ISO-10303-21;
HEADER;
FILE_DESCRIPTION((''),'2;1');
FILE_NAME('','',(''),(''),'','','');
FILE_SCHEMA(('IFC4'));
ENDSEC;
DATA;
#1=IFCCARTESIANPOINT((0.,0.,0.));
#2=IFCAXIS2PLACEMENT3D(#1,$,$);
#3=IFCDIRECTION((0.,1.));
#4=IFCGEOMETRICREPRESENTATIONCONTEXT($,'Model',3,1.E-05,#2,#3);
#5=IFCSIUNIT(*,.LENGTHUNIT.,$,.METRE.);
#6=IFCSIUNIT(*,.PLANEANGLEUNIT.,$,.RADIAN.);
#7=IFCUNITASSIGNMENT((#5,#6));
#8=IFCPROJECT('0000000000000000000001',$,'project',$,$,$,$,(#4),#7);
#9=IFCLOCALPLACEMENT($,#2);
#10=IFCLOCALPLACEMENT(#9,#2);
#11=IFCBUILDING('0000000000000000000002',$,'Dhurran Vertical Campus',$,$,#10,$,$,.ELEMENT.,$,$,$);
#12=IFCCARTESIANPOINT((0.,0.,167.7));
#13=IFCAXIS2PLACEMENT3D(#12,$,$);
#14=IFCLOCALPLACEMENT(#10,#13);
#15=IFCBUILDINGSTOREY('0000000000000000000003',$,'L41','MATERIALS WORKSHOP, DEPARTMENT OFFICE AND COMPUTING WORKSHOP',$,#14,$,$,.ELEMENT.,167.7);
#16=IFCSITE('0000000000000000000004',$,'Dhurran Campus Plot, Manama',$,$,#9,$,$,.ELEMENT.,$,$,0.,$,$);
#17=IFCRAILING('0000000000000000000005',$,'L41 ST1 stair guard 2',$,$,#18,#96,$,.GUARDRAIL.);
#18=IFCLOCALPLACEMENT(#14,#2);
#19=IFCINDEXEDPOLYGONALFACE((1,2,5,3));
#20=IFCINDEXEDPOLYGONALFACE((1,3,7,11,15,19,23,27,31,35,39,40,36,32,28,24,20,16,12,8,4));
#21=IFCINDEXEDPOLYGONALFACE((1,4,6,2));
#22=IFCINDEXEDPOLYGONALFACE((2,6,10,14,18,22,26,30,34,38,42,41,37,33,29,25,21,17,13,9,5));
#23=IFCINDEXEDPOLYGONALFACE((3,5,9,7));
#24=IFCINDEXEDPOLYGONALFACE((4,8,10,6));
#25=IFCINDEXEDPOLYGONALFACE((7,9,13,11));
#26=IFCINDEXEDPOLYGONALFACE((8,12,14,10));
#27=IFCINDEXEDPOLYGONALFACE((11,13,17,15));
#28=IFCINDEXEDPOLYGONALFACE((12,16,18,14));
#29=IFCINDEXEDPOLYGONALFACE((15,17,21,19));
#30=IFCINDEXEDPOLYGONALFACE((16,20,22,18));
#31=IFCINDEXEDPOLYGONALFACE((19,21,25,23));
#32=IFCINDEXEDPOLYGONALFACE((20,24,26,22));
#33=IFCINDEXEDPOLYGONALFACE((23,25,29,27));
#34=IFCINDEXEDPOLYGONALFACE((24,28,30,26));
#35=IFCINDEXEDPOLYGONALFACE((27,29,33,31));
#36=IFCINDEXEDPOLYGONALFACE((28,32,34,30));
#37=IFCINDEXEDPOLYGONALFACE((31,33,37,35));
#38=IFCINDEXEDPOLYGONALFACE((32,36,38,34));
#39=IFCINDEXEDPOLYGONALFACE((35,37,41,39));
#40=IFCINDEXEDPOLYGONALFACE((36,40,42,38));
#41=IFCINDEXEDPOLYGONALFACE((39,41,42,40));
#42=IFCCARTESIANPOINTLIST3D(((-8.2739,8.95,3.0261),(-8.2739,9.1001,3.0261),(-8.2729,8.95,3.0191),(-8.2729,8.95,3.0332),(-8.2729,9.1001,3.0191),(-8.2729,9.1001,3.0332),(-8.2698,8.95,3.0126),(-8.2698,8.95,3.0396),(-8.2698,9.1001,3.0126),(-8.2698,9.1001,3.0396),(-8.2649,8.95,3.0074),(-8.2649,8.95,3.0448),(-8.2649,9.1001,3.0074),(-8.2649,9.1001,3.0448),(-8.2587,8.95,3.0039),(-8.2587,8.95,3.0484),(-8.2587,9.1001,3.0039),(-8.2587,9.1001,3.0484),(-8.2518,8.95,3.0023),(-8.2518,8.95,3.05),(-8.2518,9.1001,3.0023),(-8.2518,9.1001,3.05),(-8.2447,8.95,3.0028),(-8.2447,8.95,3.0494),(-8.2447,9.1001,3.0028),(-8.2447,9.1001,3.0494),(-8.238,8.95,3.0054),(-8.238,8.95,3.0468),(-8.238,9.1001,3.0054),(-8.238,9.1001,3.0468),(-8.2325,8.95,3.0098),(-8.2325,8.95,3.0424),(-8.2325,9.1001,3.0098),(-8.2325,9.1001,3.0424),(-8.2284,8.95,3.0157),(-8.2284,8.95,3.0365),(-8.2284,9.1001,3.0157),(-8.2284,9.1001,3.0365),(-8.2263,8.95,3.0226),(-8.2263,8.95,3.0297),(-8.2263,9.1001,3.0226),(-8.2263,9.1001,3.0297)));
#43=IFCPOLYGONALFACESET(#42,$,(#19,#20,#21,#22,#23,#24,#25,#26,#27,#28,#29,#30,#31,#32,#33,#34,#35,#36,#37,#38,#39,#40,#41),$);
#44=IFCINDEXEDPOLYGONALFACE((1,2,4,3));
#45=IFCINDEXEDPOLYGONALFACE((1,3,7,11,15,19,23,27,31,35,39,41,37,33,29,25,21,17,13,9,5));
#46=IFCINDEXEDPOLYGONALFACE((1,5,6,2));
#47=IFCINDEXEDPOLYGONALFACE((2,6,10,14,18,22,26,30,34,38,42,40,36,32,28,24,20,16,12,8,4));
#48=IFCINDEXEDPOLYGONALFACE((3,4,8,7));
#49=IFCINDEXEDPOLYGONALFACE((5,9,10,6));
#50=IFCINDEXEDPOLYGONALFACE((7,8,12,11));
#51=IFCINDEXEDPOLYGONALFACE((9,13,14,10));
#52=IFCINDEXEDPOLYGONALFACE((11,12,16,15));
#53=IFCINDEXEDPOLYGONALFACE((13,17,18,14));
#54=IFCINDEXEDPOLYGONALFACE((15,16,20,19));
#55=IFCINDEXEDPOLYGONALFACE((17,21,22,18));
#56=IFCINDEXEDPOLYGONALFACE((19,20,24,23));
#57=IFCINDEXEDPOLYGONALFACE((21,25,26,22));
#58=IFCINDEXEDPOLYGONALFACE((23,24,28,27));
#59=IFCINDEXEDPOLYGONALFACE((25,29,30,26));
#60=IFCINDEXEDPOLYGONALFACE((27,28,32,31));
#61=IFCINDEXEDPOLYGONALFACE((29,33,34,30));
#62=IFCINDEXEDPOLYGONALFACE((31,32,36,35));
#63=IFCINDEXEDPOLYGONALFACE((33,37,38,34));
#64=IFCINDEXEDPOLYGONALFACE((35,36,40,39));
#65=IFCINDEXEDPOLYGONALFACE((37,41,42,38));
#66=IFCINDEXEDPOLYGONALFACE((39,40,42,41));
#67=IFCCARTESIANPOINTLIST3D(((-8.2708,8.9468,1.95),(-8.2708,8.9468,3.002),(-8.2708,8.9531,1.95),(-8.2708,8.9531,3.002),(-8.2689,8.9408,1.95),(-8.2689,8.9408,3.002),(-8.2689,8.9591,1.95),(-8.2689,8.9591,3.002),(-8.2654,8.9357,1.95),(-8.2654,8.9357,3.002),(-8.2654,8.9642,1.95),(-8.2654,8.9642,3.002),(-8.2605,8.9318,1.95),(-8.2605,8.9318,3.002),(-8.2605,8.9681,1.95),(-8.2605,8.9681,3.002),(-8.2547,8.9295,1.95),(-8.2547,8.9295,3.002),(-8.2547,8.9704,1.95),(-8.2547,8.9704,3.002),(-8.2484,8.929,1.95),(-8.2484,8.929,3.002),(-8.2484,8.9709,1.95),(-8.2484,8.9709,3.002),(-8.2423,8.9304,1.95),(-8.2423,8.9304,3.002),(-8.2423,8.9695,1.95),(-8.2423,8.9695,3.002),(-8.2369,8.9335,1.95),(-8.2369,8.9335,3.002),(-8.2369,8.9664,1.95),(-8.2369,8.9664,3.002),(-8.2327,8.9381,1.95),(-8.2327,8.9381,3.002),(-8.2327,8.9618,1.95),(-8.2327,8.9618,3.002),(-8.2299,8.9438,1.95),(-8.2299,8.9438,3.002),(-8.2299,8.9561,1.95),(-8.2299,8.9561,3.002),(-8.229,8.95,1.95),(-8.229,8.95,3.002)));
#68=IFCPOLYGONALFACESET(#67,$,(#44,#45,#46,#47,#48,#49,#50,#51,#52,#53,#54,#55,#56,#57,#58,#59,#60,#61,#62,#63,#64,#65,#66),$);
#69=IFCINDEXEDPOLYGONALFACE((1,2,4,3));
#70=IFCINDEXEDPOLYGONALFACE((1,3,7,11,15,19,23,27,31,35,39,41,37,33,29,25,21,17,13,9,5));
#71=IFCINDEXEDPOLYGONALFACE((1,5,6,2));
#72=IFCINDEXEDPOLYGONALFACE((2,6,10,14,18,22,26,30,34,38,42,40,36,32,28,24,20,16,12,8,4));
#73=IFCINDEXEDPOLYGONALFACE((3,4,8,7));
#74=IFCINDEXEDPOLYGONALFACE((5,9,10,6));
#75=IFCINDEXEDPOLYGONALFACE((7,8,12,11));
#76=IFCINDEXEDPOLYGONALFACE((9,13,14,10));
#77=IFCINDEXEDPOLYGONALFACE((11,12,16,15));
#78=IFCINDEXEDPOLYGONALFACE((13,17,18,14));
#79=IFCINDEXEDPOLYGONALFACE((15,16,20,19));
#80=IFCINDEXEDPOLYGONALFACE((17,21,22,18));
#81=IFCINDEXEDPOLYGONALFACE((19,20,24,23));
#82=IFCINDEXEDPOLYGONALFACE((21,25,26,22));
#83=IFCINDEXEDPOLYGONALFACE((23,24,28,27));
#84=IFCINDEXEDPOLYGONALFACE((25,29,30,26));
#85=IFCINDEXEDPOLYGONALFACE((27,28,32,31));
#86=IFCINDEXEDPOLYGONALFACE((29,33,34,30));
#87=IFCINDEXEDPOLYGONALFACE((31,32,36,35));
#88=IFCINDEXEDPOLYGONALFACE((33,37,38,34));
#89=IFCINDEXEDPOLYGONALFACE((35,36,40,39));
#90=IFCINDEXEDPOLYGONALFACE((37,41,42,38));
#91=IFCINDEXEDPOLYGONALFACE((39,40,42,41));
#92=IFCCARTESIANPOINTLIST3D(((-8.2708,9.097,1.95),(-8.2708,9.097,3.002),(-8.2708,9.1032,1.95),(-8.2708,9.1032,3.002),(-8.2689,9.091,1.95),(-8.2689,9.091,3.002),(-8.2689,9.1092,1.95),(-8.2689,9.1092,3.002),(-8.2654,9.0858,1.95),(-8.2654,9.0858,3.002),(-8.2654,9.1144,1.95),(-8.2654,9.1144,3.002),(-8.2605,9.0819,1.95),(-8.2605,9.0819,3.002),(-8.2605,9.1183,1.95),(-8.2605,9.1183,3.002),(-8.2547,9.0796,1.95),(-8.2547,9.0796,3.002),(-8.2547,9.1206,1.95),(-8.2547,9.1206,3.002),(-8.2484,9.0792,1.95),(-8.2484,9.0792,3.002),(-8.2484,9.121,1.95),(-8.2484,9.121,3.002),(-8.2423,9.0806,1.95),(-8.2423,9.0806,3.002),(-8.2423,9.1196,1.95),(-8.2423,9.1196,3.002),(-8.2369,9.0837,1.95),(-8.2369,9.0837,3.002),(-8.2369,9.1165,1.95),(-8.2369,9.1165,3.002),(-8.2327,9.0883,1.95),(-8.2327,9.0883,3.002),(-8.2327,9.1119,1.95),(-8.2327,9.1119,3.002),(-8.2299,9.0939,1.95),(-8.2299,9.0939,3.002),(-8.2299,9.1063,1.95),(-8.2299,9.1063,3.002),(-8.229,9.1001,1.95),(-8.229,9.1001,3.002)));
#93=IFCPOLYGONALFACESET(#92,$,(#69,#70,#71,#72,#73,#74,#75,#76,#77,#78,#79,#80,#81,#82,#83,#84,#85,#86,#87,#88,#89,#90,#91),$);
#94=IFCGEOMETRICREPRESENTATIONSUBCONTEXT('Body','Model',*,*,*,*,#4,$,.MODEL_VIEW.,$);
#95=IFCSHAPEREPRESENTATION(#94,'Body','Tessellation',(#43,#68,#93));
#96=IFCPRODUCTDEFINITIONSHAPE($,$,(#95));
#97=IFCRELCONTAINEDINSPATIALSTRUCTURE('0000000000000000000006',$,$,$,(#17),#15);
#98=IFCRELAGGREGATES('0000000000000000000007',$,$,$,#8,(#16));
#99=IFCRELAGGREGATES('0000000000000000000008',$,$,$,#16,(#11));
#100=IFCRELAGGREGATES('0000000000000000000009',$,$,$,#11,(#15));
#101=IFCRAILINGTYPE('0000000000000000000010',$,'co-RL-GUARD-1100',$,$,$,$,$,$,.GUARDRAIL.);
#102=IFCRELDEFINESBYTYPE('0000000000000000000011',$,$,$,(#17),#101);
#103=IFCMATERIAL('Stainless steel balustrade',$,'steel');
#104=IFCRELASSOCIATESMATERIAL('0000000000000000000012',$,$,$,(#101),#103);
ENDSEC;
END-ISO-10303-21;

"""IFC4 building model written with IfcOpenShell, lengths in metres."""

from ifc_helpers import new_model, si_unit, direction, frame, origin, origin_2d, place, context, subcontext, project, spatial, circle, extrude, material, type_object, element, save


model = new_model("IFC4")

# Units and contexts
model_context = context("Model", 3, precision=1e-05, world=origin(), true_north=direction((0.0, 1.0)))
body_context = subcontext(model_context, "Body", "Model", "MODEL_VIEW")
ifc_project = project(units=[si_unit("LENGTHUNIT", "METRE"), si_unit("PLANEANGLEUNIT", "RADIAN")], contexts=[model_context])

# Site, building, storey
site_placement = place(None, origin())
site = spatial("IfcSite", under=ifc_project, at=site_placement, Name="Dhurran Campus Plot, Manama", CompositionType="ELEMENT", RefElevation=0.0)
building_placement = place(site_placement, origin())
building = spatial("IfcBuilding", under=site, at=building_placement, Name="Dhurran Vertical Campus", CompositionType="ELEMENT")
storey_placement = place(building_placement, frame((0.0, 0.0, 167.7)))
storey = spatial("IfcBuildingStorey", under=building, at=storey_placement, Name="L41", Description="MATERIALS WORKSHOP, DEPARTMENT OFFICE AND COMPUTING WORKSHOP", CompositionType="ELEMENT", Elevation=167.7)

# Railing
ifc_material_1 = material(Name="Stainless steel balustrade", Category="steel")
railing_type_1 = type_object("IfcRailingType", Name="co-RL-GUARD-1100", PredefinedType="GUARDRAIL", material=ifc_material_1)
railing_1_placement = place(storey_placement, frame((-8.25, 8.95, 1.95)))
element("IfcRailing", 1, at=railing_1_placement, inside=storey, type_object=railing_type_1, Name="L41 ST1 stair guard 2", PredefinedType="GUARDRAIL", context=body_context, shape_type="SweptSolid", body=[
    extrude(circle(Radius=0.0239, at=origin_2d()), frame((0.0, 0.0, 1.0762), z_axis=(0.0, 1.0, 0.0), x_axis=(-1.0, 0.0, 0.0)), (0.0, 0.0, 1.0), 0.1501),
    extrude(circle(Radius=0.021, at=origin_2d()), origin(), (0.0, 0.0, 1.0), 1.052),
    extrude(circle(Radius=0.021, at=origin_2d()), frame((0.0, 0.1501, 0.0)), (0.0, 0.0, 1.0), 1.052),
])

save(model, "model.ifc")
